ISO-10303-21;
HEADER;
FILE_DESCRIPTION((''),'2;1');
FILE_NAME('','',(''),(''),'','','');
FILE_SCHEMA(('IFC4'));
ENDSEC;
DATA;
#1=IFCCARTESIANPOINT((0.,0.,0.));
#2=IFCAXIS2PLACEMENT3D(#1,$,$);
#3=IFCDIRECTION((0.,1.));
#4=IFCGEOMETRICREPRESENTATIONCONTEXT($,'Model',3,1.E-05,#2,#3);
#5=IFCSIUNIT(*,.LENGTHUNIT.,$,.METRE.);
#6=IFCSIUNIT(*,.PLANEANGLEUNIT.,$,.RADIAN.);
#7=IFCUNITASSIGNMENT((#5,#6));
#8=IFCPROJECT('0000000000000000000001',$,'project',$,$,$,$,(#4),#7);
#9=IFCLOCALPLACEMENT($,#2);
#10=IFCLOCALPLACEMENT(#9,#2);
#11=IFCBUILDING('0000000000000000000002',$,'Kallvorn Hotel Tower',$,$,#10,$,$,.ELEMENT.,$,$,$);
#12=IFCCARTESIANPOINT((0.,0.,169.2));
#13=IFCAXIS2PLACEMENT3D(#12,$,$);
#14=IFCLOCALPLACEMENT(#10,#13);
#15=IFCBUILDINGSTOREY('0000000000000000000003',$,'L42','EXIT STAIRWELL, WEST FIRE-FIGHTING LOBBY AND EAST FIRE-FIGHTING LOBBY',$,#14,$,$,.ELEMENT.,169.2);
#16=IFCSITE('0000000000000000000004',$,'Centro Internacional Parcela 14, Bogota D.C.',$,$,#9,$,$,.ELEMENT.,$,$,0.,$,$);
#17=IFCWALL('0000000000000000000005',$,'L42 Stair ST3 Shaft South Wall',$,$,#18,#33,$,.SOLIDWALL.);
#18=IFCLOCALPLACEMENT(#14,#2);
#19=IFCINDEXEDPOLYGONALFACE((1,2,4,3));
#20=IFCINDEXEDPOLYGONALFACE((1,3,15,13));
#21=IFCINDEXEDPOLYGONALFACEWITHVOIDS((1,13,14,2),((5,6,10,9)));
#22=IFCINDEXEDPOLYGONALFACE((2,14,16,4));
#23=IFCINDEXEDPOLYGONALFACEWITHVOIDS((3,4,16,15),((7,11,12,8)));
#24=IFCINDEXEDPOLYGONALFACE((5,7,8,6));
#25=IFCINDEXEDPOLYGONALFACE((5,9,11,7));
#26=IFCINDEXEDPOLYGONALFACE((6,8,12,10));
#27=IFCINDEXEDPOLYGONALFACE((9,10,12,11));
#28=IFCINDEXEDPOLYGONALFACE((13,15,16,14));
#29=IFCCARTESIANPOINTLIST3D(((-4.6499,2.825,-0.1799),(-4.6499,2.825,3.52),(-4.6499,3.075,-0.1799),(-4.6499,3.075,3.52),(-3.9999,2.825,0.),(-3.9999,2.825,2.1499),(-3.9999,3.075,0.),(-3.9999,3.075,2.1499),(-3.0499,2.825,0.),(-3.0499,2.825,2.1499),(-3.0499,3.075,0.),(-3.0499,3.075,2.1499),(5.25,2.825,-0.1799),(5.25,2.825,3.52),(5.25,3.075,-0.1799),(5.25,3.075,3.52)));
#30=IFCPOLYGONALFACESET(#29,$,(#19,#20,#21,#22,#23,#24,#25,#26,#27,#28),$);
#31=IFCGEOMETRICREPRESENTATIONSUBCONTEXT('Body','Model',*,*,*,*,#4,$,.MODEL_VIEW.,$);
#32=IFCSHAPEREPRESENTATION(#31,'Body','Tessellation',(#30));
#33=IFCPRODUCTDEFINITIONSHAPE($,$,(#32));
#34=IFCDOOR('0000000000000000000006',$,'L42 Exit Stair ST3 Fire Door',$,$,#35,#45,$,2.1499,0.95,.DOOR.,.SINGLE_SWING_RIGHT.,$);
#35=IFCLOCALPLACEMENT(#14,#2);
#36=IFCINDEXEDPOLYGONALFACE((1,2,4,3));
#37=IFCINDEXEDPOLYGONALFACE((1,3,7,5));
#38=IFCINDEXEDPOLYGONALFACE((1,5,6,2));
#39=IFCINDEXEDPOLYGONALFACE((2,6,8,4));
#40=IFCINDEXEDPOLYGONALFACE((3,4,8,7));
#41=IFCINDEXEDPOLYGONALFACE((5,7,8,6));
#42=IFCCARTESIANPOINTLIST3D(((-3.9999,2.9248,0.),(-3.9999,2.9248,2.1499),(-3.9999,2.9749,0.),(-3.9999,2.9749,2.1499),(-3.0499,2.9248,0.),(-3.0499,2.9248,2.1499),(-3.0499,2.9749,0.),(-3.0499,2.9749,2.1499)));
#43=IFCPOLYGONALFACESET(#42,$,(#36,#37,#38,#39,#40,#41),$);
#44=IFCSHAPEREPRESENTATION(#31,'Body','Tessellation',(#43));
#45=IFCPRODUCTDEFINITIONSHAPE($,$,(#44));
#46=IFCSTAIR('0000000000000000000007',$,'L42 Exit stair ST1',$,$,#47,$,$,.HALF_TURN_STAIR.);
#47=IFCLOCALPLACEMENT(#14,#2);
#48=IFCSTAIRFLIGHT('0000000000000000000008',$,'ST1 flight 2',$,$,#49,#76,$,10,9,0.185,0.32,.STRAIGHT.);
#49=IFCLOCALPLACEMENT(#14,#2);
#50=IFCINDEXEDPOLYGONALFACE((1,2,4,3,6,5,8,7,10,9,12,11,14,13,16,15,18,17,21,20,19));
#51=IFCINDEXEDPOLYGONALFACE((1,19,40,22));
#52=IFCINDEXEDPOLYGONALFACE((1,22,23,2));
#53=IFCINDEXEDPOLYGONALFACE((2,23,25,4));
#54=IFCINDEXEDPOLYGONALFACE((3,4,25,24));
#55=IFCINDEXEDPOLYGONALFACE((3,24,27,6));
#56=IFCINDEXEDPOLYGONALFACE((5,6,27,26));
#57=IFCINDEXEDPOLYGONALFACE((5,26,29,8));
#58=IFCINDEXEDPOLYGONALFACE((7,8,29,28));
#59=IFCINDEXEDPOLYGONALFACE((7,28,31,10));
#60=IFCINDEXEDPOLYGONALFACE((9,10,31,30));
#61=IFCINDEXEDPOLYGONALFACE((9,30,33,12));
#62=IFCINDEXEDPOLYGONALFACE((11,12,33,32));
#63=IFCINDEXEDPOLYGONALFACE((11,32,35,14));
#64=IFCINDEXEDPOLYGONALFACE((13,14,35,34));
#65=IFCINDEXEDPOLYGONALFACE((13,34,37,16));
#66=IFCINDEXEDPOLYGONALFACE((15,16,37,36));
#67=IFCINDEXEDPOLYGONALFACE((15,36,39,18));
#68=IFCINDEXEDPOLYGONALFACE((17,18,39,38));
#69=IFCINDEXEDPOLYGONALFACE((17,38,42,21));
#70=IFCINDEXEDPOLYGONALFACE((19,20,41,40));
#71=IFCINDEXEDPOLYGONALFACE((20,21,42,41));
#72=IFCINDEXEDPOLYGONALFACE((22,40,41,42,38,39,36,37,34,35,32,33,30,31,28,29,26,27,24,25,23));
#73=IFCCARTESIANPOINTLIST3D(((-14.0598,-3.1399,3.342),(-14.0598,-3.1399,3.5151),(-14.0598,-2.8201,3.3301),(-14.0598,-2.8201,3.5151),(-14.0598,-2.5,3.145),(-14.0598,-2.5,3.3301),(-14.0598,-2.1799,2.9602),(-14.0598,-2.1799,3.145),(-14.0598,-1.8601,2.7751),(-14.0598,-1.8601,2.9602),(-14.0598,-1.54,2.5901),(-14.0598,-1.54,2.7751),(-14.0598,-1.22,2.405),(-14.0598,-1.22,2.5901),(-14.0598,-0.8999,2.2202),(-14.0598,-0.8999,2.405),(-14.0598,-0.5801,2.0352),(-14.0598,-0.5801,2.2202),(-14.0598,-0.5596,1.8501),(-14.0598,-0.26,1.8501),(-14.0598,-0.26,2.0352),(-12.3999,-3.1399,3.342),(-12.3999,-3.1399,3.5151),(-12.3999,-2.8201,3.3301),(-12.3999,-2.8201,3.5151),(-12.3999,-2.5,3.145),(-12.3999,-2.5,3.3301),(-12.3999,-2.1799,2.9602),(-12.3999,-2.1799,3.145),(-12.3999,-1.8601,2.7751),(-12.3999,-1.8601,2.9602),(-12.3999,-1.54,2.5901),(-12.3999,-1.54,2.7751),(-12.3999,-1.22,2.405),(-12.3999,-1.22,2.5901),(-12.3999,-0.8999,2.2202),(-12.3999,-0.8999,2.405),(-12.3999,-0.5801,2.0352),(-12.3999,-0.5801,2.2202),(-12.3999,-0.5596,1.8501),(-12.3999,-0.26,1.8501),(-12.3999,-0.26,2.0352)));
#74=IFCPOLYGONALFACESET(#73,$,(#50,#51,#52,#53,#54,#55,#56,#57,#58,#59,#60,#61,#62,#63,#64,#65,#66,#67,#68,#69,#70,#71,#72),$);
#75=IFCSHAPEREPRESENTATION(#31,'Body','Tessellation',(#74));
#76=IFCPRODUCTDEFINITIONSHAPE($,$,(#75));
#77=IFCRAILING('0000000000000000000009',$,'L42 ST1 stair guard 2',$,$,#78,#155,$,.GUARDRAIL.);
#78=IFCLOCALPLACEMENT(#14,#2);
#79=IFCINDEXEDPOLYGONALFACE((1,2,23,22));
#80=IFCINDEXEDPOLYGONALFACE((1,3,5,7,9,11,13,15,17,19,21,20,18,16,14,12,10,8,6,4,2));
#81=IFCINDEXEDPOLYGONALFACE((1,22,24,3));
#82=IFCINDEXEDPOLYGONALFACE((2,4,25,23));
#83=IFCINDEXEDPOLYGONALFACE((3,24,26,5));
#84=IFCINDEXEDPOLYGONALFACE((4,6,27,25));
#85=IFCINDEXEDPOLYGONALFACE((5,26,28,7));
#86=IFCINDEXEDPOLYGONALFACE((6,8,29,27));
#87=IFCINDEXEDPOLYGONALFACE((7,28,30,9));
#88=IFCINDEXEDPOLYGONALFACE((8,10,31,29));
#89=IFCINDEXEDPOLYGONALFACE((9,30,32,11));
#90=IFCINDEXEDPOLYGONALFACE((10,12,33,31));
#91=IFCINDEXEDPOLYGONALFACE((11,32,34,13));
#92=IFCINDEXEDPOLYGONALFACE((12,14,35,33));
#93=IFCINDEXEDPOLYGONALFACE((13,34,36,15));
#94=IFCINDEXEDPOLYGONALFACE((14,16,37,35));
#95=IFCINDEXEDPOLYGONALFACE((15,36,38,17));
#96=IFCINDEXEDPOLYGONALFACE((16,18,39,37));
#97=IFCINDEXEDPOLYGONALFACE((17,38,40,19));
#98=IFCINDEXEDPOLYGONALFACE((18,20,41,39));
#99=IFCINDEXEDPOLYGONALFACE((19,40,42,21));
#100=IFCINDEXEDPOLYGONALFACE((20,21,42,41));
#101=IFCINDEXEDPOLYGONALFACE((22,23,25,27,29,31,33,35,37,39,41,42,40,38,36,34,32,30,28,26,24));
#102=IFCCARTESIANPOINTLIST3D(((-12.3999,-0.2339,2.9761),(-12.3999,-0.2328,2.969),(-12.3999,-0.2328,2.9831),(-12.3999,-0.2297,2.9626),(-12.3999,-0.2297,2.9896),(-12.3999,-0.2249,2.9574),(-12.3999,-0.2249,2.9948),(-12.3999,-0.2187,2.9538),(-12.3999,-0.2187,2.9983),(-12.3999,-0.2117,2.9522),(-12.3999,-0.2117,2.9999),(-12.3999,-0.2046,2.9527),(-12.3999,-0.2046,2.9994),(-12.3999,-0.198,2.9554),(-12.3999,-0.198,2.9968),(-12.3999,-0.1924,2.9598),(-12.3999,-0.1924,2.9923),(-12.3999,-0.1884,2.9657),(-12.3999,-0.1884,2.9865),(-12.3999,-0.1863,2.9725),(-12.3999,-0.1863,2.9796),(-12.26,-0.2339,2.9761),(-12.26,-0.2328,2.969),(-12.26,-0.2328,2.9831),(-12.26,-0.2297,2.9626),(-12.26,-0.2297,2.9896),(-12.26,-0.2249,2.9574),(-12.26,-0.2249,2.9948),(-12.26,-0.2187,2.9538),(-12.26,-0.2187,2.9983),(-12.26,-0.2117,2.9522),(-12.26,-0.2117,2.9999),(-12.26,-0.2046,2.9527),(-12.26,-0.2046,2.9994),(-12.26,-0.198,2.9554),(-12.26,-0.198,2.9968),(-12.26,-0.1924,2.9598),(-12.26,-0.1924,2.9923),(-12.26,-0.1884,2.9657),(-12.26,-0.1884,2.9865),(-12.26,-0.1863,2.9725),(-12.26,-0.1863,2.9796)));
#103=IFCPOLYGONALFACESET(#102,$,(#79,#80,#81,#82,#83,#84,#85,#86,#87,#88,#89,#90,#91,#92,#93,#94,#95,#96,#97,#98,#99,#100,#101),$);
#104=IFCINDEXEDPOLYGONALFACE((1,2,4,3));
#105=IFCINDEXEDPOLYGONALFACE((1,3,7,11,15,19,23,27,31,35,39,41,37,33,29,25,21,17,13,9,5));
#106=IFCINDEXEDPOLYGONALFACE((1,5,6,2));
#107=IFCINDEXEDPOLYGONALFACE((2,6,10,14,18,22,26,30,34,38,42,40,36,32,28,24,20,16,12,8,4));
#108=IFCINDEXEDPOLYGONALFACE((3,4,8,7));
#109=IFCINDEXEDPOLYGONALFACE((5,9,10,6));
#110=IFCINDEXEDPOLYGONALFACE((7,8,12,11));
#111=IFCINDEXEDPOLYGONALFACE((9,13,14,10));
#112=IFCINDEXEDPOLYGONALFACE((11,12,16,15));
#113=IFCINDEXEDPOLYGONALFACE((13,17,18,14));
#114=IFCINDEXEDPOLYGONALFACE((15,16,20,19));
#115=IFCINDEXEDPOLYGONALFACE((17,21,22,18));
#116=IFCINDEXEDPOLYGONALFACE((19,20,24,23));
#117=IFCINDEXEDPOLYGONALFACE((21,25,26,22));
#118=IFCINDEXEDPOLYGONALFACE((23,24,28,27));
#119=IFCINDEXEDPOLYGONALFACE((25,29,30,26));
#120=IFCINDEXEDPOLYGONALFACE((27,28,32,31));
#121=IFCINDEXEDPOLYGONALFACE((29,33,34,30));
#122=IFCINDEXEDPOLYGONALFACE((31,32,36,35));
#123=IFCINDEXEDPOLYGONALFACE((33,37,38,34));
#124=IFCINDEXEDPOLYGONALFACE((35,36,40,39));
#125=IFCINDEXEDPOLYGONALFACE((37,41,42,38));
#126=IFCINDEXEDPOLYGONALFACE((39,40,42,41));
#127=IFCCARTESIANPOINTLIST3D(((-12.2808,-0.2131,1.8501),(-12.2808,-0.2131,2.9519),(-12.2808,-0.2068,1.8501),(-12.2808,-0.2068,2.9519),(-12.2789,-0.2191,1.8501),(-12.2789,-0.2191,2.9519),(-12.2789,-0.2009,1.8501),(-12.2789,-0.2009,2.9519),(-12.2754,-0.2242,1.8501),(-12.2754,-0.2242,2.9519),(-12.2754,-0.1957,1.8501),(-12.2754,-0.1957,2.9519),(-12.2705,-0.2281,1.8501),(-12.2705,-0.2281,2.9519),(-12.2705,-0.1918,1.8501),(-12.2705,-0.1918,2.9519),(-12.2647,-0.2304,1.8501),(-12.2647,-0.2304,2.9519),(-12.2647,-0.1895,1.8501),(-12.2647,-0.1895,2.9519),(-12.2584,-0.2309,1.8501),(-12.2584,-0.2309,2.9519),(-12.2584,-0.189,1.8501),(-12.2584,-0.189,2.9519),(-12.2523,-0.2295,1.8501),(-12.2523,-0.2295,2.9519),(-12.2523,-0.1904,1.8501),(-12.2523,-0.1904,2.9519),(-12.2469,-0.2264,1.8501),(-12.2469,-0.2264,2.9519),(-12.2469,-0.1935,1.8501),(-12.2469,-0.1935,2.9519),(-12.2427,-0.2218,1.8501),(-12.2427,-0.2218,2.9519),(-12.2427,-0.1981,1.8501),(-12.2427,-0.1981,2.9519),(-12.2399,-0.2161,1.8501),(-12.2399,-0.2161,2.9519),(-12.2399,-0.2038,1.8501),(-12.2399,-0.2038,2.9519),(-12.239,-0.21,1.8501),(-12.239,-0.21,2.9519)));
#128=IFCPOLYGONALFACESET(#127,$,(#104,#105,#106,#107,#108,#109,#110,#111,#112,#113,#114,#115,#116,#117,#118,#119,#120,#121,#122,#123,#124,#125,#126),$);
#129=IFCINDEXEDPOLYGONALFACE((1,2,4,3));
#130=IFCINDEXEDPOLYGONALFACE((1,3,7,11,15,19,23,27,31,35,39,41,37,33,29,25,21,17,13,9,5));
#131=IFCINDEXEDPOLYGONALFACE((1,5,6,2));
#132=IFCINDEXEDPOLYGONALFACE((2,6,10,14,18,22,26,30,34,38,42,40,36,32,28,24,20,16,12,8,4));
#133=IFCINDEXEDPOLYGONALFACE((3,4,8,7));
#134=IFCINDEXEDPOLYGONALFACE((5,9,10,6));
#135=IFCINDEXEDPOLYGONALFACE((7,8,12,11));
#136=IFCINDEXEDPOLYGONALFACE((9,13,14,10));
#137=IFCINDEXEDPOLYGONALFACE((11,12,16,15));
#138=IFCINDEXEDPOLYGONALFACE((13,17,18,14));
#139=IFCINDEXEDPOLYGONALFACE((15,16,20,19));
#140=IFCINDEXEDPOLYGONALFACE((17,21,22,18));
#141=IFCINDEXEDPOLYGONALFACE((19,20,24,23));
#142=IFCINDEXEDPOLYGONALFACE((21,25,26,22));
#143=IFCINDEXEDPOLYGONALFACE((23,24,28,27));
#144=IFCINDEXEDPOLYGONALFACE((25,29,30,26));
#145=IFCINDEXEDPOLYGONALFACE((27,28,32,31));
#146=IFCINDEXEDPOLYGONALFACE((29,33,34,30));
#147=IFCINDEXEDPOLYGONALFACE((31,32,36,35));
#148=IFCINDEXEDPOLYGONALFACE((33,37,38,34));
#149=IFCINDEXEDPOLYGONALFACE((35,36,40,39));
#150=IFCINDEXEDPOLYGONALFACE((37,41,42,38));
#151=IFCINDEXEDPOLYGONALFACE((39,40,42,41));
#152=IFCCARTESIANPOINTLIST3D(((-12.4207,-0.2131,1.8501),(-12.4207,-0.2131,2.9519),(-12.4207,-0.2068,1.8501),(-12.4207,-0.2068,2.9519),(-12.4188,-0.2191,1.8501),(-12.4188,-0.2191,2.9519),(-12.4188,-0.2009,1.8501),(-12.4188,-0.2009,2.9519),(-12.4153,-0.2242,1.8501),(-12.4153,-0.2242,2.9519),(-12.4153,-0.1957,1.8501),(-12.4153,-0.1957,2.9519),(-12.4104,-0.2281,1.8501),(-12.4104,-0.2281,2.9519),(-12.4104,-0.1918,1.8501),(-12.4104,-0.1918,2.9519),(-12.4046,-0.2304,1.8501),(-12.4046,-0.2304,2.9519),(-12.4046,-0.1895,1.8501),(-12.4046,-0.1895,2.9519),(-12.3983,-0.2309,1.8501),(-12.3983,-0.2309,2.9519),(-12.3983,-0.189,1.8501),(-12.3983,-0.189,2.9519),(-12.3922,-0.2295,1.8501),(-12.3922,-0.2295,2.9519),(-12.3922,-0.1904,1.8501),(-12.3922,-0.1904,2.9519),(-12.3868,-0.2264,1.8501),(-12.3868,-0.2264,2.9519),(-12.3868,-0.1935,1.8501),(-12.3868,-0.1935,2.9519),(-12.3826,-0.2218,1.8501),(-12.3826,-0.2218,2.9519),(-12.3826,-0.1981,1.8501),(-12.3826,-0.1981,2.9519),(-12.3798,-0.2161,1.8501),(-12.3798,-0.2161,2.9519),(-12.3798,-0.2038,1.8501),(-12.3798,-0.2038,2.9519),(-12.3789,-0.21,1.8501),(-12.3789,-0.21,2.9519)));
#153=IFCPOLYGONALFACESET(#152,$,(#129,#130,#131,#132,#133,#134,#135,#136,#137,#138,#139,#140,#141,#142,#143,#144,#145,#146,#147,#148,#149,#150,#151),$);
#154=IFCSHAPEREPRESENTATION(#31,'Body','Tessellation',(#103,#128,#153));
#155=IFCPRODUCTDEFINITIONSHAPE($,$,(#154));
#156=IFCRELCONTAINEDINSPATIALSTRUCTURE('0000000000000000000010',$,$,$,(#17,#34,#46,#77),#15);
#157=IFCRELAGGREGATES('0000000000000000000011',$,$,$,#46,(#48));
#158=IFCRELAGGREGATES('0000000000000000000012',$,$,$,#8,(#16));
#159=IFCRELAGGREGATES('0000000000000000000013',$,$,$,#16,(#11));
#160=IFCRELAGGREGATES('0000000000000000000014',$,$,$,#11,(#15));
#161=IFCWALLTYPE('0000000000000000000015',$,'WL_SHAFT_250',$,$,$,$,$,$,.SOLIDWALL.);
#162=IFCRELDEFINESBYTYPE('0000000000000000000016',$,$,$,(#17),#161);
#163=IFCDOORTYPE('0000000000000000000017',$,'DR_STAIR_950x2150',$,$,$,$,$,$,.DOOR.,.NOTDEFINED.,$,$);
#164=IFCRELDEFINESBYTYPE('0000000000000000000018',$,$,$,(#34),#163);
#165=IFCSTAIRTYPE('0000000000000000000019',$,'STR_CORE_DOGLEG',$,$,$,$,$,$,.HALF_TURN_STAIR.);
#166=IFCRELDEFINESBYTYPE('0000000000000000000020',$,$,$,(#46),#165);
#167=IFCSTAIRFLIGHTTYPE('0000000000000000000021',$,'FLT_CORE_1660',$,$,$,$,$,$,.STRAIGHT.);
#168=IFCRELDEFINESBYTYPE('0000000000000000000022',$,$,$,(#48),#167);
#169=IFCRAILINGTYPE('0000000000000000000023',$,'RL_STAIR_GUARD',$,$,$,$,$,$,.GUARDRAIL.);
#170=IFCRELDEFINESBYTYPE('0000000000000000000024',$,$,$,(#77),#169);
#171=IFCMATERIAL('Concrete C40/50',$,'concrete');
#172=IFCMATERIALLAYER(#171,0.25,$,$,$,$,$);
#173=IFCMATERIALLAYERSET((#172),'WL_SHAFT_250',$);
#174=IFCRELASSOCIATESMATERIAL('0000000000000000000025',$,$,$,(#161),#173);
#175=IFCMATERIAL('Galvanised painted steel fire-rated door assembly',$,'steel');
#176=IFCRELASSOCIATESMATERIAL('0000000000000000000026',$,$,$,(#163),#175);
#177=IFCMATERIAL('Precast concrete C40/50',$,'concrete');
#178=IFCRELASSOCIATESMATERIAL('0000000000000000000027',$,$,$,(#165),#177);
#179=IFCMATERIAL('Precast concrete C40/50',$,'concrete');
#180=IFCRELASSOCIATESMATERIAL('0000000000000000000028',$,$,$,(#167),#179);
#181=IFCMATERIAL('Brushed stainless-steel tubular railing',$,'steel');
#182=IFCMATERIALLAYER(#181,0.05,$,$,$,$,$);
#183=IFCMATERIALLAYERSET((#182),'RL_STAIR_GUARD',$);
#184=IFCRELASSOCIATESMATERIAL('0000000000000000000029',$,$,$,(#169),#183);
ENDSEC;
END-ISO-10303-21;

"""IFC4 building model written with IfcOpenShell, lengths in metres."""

from ifc_helpers import new_model, si_unit, direction, frame, frame_2d, origin, origin_2d, place, context, subcontext, project, spatial, polyline, rectangle, circle, outline, extrude, material, layer, layer_set, type_object, element, fill, aggregate, save


model = new_model("IFC4")

# Units and contexts
model_context = context("Model", 3, precision=1e-05, world=origin(), true_north=direction((0.0, 1.0)))
body_context = subcontext(model_context, "Body", "Model", "MODEL_VIEW")
ifc_project = project(units=[si_unit("LENGTHUNIT", "METRE"), si_unit("PLANEANGLEUNIT", "RADIAN")], contexts=[model_context])

# Site, building, storey
site_placement = place(None, origin())
site = spatial("IfcSite", under=ifc_project, at=site_placement, Name="Centro Internacional Parcela 14, Bogota D.C.", CompositionType="ELEMENT", RefElevation=0.0)
building_placement = place(site_placement, origin())
building = spatial("IfcBuilding", under=site, at=building_placement, Name="Kallvorn Hotel Tower", CompositionType="ELEMENT")
storey_placement = place(building_placement, frame((0.0, 0.0, 169.2)))
storey = spatial("IfcBuildingStorey", under=building, at=storey_placement, Name="L42", Description="EXIT STAIRWELL, WEST FIRE-FIGHTING LOBBY AND EAST FIRE-FIGHTING LOBBY", CompositionType="ELEMENT", Elevation=169.2)

# Shared definitions
ifc_material_1 = material(Name="Concrete C40/50", Category="concrete")
ifc_layer_1 = layer(ifc_material_1, 0.25)
ifc_layer_set_1 = layer_set([ifc_layer_1], Name="WL_SHAFT_250")
wall_type_1 = type_object("IfcWallType", Name="WL_SHAFT_250", PredefinedType="SOLIDWALL", material=ifc_layer_set_1)

# Wall, opening, door
wall_1_placement = place(storey_placement, frame((-4.6499, 2.95, -0.1799), z_axis=(0.0, 0.0, 1.0), x_axis=(1.0, 0.0, 0.0)))
wall_1 = element("IfcWall", 1, at=wall_1_placement, inside=storey, type_object=wall_type_1, Name="L42 Stair ST3 Shaft South Wall", PredefinedType="SOLIDWALL", context=body_context, shape_type="SweptSolid", body=[
    extrude(rectangle(XDim=9.8999, YDim=0.25, at=frame_2d((4.95, 0.0))), origin(), (0.0, 0.0, 1.0), 3.7),
])
opening_1_placement = place(wall_1_placement, frame((0.6499, 0.0, 0.1799)))
opening_1 = element("IfcOpeningElement", 2, at=opening_1_placement, cuts=wall_1, PredefinedType="OPENING", context=body_context, shape_type="SweptSolid", body=[
    extrude(rectangle(XDim=0.95, YDim=2.1499, at=frame_2d((0.4751, 1.075))), frame((0.0, 0.1399, 0.0), z_axis=(0.0, -1.0, 0.0), x_axis=(1.0, 0.0, 0.0)), (0.0, 0.0, 1.0), 0.28),
])
ifc_material_2 = material(Name="Galvanised painted steel fire-rated door assembly", Category="steel")
door_type_1 = type_object("IfcDoorType", Name="DR_STAIR_950x2150", OperationType="NOTDEFINED", PredefinedType="DOOR", material=ifc_material_2)
door_1_placement = place(opening_1_placement, origin())
door_1 = element("IfcDoor", 3, at=door_1_placement, inside=storey, type_object=door_type_1, Name="L42 Exit Stair ST3 Fire Door", OperationType="SINGLE_SWING_RIGHT", OverallHeight=2.1499, OverallWidth=0.95, PredefinedType="DOOR", context=body_context, shape_type="SweptSolid", body=[
    extrude(rectangle(XDim=0.95, YDim=2.1499, at=frame_2d((0.4751, 1.075))), frame((0.0, 0.0249, 0.0), z_axis=(0.0, -1.0, 0.0), x_axis=(1.0, 0.0, 0.0)), (0.0, 0.0, 1.0), 0.05),
])
fill(opening_1, door_1)

# Stair, stair flight
ifc_material_3 = material(Name="Precast concrete C40/50", Category="concrete")
stair_type = type_object("IfcStairType", Name="STR_CORE_DOGLEG", PredefinedType="HALF_TURN_STAIR", material=ifc_material_3)
stair_placement = place(storey_placement, origin())
stair = element("IfcStair", 4, at=stair_placement, inside=storey, type_object=stair_type, Name="L42 Exit stair ST1", PredefinedType="HALF_TURN_STAIR")
ifc_material_4 = material(Name="Precast concrete C40/50", Category="concrete")
stair_flight_type = type_object("IfcStairFlightType", Name="FLT_CORE_1660", PredefinedType="STRAIGHT", material=ifc_material_4)
stair_flight_placement = place(storey_placement, frame((-13.23, -0.26, 1.8501), z_axis=(0.0, 0.0, 1.0), x_axis=(0.0, -1.0, 0.0)))
stair_flight = element("IfcStairFlight", 5, at=stair_flight_placement, type_object=stair_flight_type, Name="ST1 flight 2", NumberOfRisers=10, NumberOfTreads=9, PredefinedType="STRAIGHT", RiserHeight=0.185, TreadLength=0.32, context=body_context, shape_type="SweptSolid", body=[
    extrude(outline(polyline([(0.0, 0.0), (0.0, 0.1851), (0.3201, 0.1851), (0.3201, 0.3701), (0.6399, 0.3701), (0.6399, 0.5549), (0.96, 0.5549), (0.96, 0.74), (1.28, 0.74), (1.28, 0.925), (1.6001, 0.925), (1.6001, 1.1101), (1.9199, 1.1101), (1.9199, 1.2949), (2.24, 1.2949), (2.24, 1.48), (2.5601, 1.48), (2.5601, 1.665), (2.8799, 1.665), (2.8799, 1.8501), (2.8799, 1.4919), (0.2996, 0.0), (0.0, 0.0)])), frame((0.0, 0.8301, 0.0), z_axis=(0.0, -1.0, 0.0), x_axis=(1.0, 0.0, 0.0)), (0.0, 0.0, 1.0), 1.6599),
])
aggregate(stair, [stair_flight])

# Railing
ifc_material_5 = material(Name="Brushed stainless-steel tubular railing", Category="steel")
ifc_layer_2 = layer(ifc_material_5, 0.05)
ifc_layer_set_2 = layer_set([ifc_layer_2], Name="RL_STAIR_GUARD")
railing_type_1 = type_object("IfcRailingType", Name="RL_STAIR_GUARD", PredefinedType="GUARDRAIL", material=ifc_layer_set_2)
railing_1_placement = place(storey_placement, frame((-12.26, -0.21, 1.8501)))
element("IfcRailing", 6, at=railing_1_placement, inside=storey, type_object=railing_type_1, Name="L42 ST1 stair guard 2", PredefinedType="GUARDRAIL", context=body_context, shape_type="SweptSolid", body=[
    extrude(circle(Radius=0.0239, at=origin_2d()), frame((0.0, 0.0, 1.126), z_axis=(-1.0, 0.0, 0.0), x_axis=(0.0, -1.0, 0.0)), (0.0, 0.0, 1.0), 0.1399),
    extrude(circle(Radius=0.021, at=origin_2d()), origin(), (0.0, 0.0, 1.0), 1.1018),
    extrude(circle(Radius=0.021, at=origin_2d()), frame((-0.1399, 0.0, 0.0)), (0.0, 0.0, 1.0), 1.1018),
])

save(model, "model.ifc")
